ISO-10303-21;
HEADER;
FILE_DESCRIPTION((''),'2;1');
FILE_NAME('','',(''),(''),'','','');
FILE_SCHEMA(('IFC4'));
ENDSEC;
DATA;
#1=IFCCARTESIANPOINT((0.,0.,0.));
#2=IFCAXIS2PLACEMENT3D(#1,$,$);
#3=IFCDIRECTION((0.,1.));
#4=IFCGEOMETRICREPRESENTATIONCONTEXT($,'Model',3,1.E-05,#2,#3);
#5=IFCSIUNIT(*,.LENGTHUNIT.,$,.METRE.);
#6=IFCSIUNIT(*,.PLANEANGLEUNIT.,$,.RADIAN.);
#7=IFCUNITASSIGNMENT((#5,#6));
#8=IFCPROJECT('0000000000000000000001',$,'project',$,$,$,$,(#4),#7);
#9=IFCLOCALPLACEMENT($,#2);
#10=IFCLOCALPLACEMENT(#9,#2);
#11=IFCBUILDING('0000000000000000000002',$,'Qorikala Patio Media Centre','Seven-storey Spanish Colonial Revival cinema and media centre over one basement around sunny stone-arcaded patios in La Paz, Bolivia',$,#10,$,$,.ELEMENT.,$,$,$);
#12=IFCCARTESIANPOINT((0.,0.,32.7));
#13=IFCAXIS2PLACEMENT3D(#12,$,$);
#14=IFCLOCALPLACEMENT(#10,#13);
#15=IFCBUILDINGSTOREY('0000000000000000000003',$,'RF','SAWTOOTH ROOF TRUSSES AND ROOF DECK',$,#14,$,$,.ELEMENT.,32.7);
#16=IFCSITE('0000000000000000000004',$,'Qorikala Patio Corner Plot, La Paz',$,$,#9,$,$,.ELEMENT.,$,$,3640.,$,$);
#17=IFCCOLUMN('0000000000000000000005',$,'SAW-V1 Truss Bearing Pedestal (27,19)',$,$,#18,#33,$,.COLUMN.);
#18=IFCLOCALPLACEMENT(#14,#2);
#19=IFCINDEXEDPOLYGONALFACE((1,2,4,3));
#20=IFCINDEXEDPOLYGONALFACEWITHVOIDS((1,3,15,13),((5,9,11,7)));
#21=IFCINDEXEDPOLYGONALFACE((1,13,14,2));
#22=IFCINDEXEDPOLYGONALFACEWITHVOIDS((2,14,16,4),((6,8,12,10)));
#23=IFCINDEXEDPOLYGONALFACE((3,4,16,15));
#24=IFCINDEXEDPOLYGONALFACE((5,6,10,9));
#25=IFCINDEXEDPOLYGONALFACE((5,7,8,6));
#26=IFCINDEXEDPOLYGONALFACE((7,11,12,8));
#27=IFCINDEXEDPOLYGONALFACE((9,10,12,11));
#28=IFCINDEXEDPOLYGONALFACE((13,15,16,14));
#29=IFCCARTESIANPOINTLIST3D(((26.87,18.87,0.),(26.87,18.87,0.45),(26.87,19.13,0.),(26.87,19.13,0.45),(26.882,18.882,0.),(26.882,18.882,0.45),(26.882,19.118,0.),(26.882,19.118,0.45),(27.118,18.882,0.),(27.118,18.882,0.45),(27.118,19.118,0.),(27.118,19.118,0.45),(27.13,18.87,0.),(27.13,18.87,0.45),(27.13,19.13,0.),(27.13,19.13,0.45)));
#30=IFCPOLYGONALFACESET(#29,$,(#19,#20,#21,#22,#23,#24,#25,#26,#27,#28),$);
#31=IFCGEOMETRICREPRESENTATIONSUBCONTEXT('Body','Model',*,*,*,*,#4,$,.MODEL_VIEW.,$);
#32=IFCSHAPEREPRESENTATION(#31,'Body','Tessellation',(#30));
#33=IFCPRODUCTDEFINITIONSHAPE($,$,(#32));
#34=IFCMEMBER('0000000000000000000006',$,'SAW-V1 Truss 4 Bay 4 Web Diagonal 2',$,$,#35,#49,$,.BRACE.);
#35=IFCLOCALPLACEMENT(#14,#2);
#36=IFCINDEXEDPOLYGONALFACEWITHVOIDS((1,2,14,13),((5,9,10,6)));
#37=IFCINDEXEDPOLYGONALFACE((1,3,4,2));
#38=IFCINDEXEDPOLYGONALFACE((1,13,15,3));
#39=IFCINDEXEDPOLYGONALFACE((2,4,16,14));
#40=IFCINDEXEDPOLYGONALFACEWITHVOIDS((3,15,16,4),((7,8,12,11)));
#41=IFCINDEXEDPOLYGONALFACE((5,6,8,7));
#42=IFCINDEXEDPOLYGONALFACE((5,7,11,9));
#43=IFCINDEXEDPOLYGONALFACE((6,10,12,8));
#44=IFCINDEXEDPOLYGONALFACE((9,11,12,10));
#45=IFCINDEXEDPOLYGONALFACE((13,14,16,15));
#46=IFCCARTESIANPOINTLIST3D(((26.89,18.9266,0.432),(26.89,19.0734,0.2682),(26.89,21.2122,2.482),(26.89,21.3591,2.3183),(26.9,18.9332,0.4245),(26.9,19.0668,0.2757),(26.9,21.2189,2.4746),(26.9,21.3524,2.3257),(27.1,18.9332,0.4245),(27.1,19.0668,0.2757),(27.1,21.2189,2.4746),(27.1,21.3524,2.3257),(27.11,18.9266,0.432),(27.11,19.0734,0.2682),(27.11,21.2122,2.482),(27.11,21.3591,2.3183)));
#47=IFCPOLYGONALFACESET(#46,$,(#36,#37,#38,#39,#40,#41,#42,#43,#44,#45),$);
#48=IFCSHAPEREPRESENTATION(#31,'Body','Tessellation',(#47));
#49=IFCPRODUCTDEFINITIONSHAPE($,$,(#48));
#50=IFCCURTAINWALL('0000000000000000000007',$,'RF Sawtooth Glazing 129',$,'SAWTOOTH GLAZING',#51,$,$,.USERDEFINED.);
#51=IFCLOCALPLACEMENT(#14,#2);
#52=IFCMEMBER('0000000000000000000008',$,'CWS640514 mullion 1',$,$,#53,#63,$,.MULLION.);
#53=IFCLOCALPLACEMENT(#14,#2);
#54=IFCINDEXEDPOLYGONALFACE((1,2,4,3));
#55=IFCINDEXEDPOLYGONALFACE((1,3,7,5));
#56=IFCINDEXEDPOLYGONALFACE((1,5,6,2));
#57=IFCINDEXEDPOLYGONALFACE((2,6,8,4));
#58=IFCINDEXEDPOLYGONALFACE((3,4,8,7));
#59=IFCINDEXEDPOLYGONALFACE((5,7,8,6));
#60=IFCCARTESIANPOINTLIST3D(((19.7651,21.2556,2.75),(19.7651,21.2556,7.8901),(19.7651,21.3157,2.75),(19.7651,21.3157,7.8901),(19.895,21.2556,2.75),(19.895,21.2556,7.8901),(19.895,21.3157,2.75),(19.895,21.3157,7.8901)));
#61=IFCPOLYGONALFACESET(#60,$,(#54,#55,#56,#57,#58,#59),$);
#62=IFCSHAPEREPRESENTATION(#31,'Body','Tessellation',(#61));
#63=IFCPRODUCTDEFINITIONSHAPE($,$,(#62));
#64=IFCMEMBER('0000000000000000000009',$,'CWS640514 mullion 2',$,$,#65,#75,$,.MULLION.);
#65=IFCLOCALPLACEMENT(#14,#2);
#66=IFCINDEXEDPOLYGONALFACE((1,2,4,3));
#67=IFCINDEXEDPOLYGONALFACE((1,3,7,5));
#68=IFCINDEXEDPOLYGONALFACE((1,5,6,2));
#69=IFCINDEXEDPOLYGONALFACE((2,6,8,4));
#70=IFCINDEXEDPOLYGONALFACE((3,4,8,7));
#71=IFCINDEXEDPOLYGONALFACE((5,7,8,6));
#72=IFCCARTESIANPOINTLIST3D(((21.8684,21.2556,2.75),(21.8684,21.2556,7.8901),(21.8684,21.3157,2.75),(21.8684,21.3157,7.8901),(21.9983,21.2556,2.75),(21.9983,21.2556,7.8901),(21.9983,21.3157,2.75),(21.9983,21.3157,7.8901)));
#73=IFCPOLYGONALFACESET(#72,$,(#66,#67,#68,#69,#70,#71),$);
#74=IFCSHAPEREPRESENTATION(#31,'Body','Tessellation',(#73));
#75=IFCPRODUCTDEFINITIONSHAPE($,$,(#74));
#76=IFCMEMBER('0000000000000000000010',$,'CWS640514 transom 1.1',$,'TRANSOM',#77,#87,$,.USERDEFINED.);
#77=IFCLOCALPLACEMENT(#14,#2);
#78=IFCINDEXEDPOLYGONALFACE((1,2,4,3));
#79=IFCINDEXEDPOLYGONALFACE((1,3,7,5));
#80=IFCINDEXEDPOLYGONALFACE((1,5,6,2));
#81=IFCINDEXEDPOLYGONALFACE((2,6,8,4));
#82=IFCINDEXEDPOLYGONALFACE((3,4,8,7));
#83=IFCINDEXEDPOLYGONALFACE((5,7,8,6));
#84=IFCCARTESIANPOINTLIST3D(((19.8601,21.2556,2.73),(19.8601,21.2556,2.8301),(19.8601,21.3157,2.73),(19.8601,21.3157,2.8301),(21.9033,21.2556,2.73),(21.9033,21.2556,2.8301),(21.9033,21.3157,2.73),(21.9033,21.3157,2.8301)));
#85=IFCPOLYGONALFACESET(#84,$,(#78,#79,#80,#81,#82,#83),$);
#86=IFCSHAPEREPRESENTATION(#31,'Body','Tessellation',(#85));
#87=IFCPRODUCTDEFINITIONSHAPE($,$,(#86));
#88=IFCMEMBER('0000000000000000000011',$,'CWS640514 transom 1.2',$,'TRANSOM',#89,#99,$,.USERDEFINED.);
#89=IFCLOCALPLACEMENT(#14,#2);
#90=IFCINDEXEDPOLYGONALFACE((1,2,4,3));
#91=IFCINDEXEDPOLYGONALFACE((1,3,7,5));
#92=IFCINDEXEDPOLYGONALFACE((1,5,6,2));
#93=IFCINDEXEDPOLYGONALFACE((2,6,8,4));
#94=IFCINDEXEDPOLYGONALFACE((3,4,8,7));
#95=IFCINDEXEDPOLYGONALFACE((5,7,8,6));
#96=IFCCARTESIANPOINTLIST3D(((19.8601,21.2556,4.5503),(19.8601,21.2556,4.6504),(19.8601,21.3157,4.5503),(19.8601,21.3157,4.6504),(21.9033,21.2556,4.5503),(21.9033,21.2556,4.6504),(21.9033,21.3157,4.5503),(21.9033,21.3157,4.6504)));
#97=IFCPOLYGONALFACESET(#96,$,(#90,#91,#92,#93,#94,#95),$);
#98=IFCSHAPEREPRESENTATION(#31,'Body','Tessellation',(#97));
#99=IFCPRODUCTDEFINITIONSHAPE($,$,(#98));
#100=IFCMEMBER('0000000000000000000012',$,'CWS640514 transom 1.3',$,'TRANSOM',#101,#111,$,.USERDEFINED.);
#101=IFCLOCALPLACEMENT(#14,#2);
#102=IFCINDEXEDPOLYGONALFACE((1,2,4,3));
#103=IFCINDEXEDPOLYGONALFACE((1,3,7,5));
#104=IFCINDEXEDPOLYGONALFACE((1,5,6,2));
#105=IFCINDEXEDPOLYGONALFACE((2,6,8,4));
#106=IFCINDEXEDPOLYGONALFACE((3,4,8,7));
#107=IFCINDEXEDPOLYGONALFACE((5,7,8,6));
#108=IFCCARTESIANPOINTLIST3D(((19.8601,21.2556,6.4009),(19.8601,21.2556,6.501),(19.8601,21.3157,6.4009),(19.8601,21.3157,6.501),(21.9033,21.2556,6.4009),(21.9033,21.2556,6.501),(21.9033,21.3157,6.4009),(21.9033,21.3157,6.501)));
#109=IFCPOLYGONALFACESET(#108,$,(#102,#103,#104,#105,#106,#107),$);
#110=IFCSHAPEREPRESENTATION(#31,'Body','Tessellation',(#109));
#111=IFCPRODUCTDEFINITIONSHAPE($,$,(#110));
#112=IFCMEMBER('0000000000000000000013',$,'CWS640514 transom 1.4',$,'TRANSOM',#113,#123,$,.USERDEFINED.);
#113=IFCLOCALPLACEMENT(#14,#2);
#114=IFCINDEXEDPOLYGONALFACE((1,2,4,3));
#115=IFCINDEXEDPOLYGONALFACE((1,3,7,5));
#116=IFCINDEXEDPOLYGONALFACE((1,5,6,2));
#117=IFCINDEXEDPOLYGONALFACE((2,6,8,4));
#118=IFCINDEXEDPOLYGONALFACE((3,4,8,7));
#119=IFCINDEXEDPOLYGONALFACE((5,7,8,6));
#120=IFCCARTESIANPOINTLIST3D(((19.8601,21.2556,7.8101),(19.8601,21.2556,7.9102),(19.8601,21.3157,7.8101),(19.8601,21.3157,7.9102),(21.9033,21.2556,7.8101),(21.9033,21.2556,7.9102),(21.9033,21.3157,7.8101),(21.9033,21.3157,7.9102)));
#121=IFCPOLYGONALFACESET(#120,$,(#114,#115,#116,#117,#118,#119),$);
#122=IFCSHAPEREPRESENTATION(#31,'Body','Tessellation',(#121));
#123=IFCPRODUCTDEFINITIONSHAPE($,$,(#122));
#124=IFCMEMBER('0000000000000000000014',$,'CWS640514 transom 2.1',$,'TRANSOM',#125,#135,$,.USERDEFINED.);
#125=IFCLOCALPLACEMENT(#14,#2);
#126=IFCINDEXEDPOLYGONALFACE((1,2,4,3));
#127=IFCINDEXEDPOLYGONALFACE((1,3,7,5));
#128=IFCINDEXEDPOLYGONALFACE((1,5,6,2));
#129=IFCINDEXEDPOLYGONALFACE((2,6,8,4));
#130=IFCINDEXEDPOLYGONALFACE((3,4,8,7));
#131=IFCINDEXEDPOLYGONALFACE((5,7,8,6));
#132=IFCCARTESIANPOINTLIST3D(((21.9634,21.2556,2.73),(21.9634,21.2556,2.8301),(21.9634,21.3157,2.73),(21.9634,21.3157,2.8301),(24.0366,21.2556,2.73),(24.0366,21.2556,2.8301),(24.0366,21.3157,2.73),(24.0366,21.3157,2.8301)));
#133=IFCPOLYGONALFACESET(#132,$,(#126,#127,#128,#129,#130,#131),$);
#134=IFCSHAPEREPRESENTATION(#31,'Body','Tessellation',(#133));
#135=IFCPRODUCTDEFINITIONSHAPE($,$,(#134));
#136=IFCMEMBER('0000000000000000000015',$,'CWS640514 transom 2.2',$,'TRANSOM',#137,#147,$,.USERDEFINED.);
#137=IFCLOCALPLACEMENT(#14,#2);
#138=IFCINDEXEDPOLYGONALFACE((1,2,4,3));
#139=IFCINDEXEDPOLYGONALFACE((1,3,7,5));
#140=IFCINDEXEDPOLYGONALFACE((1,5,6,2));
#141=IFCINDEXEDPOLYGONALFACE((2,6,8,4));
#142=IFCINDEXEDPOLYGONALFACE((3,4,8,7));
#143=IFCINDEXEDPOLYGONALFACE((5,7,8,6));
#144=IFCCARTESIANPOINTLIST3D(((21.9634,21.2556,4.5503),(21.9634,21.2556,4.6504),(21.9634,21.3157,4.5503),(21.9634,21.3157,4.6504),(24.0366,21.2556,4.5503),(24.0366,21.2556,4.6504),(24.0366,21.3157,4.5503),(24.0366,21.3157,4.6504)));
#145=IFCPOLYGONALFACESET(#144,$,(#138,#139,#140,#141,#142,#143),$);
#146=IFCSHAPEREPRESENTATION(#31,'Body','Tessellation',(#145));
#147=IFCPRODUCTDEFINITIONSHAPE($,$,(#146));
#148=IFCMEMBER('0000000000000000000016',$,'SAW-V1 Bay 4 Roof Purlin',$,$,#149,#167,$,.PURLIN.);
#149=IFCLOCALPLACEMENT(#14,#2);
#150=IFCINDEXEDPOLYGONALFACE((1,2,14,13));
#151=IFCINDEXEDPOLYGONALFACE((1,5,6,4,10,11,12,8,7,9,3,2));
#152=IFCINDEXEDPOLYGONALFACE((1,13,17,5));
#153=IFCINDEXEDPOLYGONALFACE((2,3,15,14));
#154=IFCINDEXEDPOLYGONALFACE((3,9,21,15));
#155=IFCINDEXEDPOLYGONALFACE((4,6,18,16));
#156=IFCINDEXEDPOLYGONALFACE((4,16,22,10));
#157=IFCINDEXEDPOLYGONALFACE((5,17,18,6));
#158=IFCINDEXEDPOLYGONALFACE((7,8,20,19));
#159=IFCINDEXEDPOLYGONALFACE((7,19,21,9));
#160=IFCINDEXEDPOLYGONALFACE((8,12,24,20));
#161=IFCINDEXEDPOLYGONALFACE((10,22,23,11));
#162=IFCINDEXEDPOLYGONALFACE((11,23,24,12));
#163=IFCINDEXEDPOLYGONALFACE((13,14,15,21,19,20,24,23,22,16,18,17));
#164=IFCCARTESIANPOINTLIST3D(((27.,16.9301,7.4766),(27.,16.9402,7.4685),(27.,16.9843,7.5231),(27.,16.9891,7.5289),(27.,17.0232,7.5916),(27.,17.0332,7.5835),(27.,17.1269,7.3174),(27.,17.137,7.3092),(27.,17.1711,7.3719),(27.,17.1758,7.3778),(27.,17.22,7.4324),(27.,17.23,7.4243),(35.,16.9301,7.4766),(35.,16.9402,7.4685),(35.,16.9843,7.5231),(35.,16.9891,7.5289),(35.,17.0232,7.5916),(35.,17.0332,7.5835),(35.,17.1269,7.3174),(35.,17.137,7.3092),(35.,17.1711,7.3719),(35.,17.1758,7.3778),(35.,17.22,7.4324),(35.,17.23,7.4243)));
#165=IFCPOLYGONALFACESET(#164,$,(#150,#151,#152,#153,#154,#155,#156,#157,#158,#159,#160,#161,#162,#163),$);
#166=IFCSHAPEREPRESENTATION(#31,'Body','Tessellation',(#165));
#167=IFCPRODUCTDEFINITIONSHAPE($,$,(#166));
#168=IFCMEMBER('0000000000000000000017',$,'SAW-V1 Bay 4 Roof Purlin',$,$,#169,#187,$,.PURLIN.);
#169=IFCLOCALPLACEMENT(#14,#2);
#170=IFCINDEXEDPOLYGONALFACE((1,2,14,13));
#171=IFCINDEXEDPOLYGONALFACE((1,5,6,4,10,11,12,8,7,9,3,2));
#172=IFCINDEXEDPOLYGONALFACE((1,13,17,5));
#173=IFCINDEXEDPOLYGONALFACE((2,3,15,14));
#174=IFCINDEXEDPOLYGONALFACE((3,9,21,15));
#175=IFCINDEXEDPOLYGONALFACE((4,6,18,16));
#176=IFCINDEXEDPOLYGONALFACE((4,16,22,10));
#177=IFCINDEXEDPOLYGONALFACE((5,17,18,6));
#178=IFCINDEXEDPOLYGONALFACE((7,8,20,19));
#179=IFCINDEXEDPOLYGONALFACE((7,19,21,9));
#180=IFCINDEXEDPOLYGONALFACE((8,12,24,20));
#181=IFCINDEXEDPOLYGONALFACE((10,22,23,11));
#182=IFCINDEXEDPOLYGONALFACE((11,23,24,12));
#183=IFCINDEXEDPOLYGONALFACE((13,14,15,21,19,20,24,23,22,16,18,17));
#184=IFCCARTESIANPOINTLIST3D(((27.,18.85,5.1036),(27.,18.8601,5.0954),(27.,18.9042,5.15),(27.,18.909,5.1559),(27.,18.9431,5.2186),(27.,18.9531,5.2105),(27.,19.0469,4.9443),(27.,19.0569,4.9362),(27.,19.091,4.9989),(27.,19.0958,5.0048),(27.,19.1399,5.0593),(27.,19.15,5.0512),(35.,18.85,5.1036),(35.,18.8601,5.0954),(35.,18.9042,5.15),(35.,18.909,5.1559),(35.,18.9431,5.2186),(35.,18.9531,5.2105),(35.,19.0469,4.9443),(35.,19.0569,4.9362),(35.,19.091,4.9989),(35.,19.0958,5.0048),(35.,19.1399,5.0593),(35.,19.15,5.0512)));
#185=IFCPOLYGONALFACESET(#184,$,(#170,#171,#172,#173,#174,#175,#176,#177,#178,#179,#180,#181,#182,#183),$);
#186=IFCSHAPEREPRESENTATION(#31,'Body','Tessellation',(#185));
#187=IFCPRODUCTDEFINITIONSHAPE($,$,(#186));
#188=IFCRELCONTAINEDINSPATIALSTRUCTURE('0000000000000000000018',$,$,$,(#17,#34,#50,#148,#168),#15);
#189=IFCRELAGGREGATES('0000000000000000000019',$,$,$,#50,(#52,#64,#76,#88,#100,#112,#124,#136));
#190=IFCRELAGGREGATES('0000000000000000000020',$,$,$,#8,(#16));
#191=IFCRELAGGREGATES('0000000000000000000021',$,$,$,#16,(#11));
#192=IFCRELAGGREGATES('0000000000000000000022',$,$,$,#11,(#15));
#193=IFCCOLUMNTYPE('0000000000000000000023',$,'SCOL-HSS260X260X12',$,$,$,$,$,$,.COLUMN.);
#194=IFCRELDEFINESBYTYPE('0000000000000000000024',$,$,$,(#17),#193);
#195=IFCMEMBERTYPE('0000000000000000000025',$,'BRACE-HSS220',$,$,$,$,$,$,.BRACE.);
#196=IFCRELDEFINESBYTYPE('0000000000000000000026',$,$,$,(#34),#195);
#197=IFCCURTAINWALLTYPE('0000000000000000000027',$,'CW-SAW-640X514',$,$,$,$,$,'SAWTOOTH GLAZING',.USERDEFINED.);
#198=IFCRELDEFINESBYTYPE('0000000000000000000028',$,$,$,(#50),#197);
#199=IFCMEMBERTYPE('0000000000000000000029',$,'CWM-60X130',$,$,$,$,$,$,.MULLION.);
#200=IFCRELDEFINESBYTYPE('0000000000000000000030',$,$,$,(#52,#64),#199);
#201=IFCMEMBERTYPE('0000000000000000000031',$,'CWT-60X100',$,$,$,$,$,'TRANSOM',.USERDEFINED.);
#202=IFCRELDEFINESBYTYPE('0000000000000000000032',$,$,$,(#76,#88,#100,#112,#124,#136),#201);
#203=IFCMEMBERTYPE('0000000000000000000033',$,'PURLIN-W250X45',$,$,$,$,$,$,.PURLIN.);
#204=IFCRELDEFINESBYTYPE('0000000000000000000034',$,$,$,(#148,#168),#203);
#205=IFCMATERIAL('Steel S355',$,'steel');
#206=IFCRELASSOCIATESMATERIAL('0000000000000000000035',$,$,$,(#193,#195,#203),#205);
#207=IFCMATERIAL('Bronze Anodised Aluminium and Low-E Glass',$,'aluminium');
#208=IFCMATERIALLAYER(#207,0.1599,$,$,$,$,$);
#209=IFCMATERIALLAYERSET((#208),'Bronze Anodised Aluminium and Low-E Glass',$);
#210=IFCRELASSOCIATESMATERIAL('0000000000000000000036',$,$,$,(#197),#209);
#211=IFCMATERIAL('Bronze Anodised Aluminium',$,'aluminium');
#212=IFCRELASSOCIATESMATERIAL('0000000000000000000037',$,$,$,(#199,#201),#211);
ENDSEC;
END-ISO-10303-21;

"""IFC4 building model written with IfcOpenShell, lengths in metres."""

from ifc_helpers import new_model, si_unit, direction, frame, origin, origin_2d, place, context, subcontext, project, spatial, rectangle, hollow_rectangle, i_section, extrude, material, layer, layer_set, material_profile, profile_set, type_object, element, aggregate, save


model = new_model("IFC4")

# Units and contexts
model_context = context("Model", 3, precision=1e-05, world=origin(), true_north=direction((0.0, 1.0)))
body_context = subcontext(model_context, "Body", "Model", "MODEL_VIEW")
ifc_project = project(units=[si_unit("LENGTHUNIT", "METRE"), si_unit("PLANEANGLEUNIT", "RADIAN")], contexts=[model_context])

# Site, building, storey
site_placement = place(None, origin())
site = spatial("IfcSite", under=ifc_project, at=site_placement, Name="Qorikala Patio Corner Plot, La Paz", CompositionType="ELEMENT", RefElevation=3640.0)
building_placement = place(site_placement, origin())
building = spatial("IfcBuilding", under=site, at=building_placement, Name="Qorikala Patio Media Centre", Description="Seven-storey Spanish Colonial Revival cinema and media centre over one basement around sunny stone-arcaded patios in La Paz, Bolivia", CompositionType="ELEMENT")
storey_placement = place(building_placement, frame((0.0, 0.0, 32.7)))
storey = spatial("IfcBuildingStorey", under=building, at=storey_placement, Name="RF", Description="SAWTOOTH ROOF TRUSSES AND ROOF DECK", CompositionType="ELEMENT", Elevation=32.7)

# Column
ifc_material_1 = material(Name="Steel S355", Category="steel")
ifc_material_profile_1 = material_profile(ifc_material_1, hollow_rectangle(XDim=0.26, YDim=0.26, WallThickness=0.012, at=origin_2d()), Name="HSS260X260X12")
ifc_profile_set_1 = profile_set([ifc_material_profile_1], Name="Steel S355")
column_type = type_object("IfcColumnType", Name="SCOL-HSS260X260X12", PredefinedType="COLUMN", material=ifc_profile_set_1)
column_placement = place(storey_placement, frame((27.0, 19.0, 0.0), z_axis=(0.0, 0.0, 1.0), x_axis=(1.0, 0.0, 0.0)))
element("IfcColumn", 1, at=column_placement, inside=storey, type_object=column_type, Name="SAW-V1 Truss Bearing Pedestal (27,19)", PredefinedType="COLUMN", context=body_context, shape_type="SweptSolid", body=[
    extrude(hollow_rectangle(XDim=0.26, YDim=0.26, WallThickness=0.012, at=origin_2d()), origin(), (0.0, 0.0, 1.0), 0.45),
])

# Member
ifc_material_profile_2 = material_profile(ifc_material_1, hollow_rectangle(XDim=0.22, YDim=0.22, WallThickness=0.01, at=origin_2d()), Name="HSS220X220X10")
ifc_profile_set_2 = profile_set([ifc_material_profile_2], Name="Steel S355")
member_type_1 = type_object("IfcMemberType", Name="BRACE-HSS220", PredefinedType="BRACE", material=ifc_profile_set_2)
member_1_placement = place(storey_placement, frame((27.0, 19.0, 0.3501), z_axis=(0.0, 0.744432, 0.667699), x_axis=(-1.0, 0.0, 0.0)))
element("IfcMember", 2, at=member_1_placement, inside=storey, type_object=member_type_1, Name="SAW-V1 Truss 4 Bay 4 Web Diagonal 2", PredefinedType="BRACE", context=body_context, shape_type="SweptSolid", body=[
    extrude(hollow_rectangle(XDim=0.22, YDim=0.22, WallThickness=0.01, at=origin_2d()), origin(), (0.0, 0.0, 1.0), 3.0703),
])

# Curtain wall, members
ifc_material_2 = material(Name="Bronze Anodised Aluminium and Low-E Glass", Category="aluminium")
ifc_layer_1 = layer(ifc_material_2, 0.1599)
ifc_layer_set_1 = layer_set([ifc_layer_1], Name="Bronze Anodised Aluminium and Low-E Glass")
curtain_wall_type = type_object("IfcCurtainWallType", Name="CW-SAW-640X514", ElementType="SAWTOOTH GLAZING", PredefinedType="USERDEFINED", material=ifc_layer_set_1)
curtain_wall_placement = place(storey_placement, origin())
curtain_wall = element("IfcCurtainWall", 3, at=curtain_wall_placement, inside=storey, type_object=curtain_wall_type, Name="RF Sawtooth Glazing 129", ObjectType="SAWTOOTH GLAZING", PredefinedType="USERDEFINED")
ifc_material_3 = material(Name="Bronze Anodised Aluminium", Category="aluminium")
ifc_material_profile_3 = material_profile(ifc_material_3, rectangle(XDim=0.0601, YDim=0.1299, at=origin_2d()), Name="ALU MULLION 60x130")
ifc_profile_set_3 = profile_set([ifc_material_profile_3], Name="Bronze Anodised Aluminium")
member_type_2 = type_object("IfcMemberType", Name="CWM-60X130", PredefinedType="MULLION", material=ifc_profile_set_3)
member_2_placement = place(storey_placement, frame((19.8301, 21.2856, 2.75), z_axis=(0.0, 0.0, 1.0), x_axis=(0.0, 1.0, 0.0)))
member_2 = element("IfcMember", 4, at=member_2_placement, type_object=member_type_2, Name="CWS640514 mullion 1", PredefinedType="MULLION", context=body_context, shape_type="SweptSolid", body=[
    extrude(rectangle(XDim=0.0601, YDim=0.1299, at=origin_2d()), origin(), (0.0, 0.0, 1.0), 5.1401),
])
member_3_placement = place(storey_placement, frame((21.9333, 21.2856, 2.75), z_axis=(0.0, 0.0, 1.0), x_axis=(0.0, 1.0, 0.0)))
member_3 = element("IfcMember", 5, at=member_3_placement, type_object=member_type_2, Name="CWS640514 mullion 2", PredefinedType="MULLION", context=body_context, shape_type="SweptSolid", body=[
    extrude(rectangle(XDim=0.0601, YDim=0.1299, at=origin_2d()), origin(), (0.0, 0.0, 1.0), 5.1401),
])
ifc_material_profile_4 = material_profile(ifc_material_3, rectangle(XDim=0.0601, YDim=0.1001, at=origin_2d()), Name="ALU TRANSOM 60x100")
ifc_profile_set_4 = profile_set([ifc_material_profile_4], Name="Bronze Anodised Aluminium")
member_type_3 = type_object("IfcMemberType", Name="CWT-60X100", ElementType="TRANSOM", PredefinedType="USERDEFINED", material=ifc_profile_set_4)
member_4_placement = place(storey_placement, frame((19.8601, 21.2856, 2.78), z_axis=(1.0, 0.0, 0.0), x_axis=(0.0, 1.0, 0.0)))
member_4 = element("IfcMember", 6, at=member_4_placement, type_object=member_type_3, Name="CWS640514 transom 1.1", ObjectType="TRANSOM", PredefinedType="USERDEFINED", context=body_context, shape_type="SweptSolid", body=[
    extrude(rectangle(XDim=0.0601, YDim=0.1001, at=origin_2d()), origin(), (0.0, 0.0, 1.0), 2.0432),
])
member_5_placement = place(storey_placement, frame((19.8601, 21.2856, 4.6003), z_axis=(1.0, 0.0, 0.0), x_axis=(0.0, 1.0, 0.0)))
member_5 = element("IfcMember", 7, at=member_5_placement, type_object=member_type_3, Name="CWS640514 transom 1.2", ObjectType="TRANSOM", PredefinedType="USERDEFINED", context=body_context, shape_type="SweptSolid", body=[
    extrude(rectangle(XDim=0.0601, YDim=0.1001, at=origin_2d()), origin(), (0.0, 0.0, 1.0), 2.0432),
])
member_6_placement = place(storey_placement, frame((19.8601, 21.2856, 6.4509), z_axis=(1.0, 0.0, 0.0), x_axis=(0.0, 1.0, 0.0)))
member_6 = element("IfcMember", 8, at=member_6_placement, type_object=member_type_3, Name="CWS640514 transom 1.3", ObjectType="TRANSOM", PredefinedType="USERDEFINED", context=body_context, shape_type="SweptSolid", body=[
    extrude(rectangle(XDim=0.0601, YDim=0.1001, at=origin_2d()), origin(), (0.0, 0.0, 1.0), 2.0432),
])
member_7_placement = place(storey_placement, frame((19.8601, 21.2856, 7.8601), z_axis=(1.0, 0.0, 0.0), x_axis=(0.0, 1.0, 0.0)))
member_7 = element("IfcMember", 9, at=member_7_placement, type_object=member_type_3, Name="CWS640514 transom 1.4", ObjectType="TRANSOM", PredefinedType="USERDEFINED", context=body_context, shape_type="SweptSolid", body=[
    extrude(rectangle(XDim=0.0601, YDim=0.1001, at=origin_2d()), origin(), (0.0, 0.0, 1.0), 2.0432),
])
member_8_placement = place(storey_placement, frame((21.9634, 21.2856, 2.78), z_axis=(1.0, 0.0, 0.0), x_axis=(0.0, 1.0, 0.0)))
member_8 = element("IfcMember", 10, at=member_8_placement, type_object=member_type_3, Name="CWS640514 transom 2.1", ObjectType="TRANSOM", PredefinedType="USERDEFINED", context=body_context, shape_type="SweptSolid", body=[
    extrude(rectangle(XDim=0.0601, YDim=0.1001, at=origin_2d()), origin(), (0.0, 0.0, 1.0), 2.0732),
])
member_9_placement = place(storey_placement, frame((21.9634, 21.2856, 4.6003), z_axis=(1.0, 0.0, 0.0), x_axis=(0.0, 1.0, 0.0)))
member_9 = element("IfcMember", 11, at=member_9_placement, type_object=member_type_3, Name="CWS640514 transom 2.2", ObjectType="TRANSOM", PredefinedType="USERDEFINED", context=body_context, shape_type="SweptSolid", body=[
    extrude(rectangle(XDim=0.0601, YDim=0.1001, at=origin_2d()), origin(), (0.0, 0.0, 1.0), 2.0732),
])

# Members
ifc_material_profile_5 = material_profile(ifc_material_1, i_section(OverallWidth=0.1479, OverallDepth=0.2661, WebThickness=0.0076, FlangeThickness=0.0129, at=origin_2d()), Name="W250X45")
ifc_profile_set_5 = profile_set([ifc_material_profile_5], Name="Steel S355")
member_type_4 = type_object("IfcMemberType", Name="PURLIN-W250X45", PredefinedType="PURLIN", material=ifc_profile_set_5)
for number, where, z_axis, x_axis, name in (
    (12, (27.0, 17.0801, 7.4504), (1.0, 0.0, 0.0), (0.0, 0.628995, 0.77741), "SAW-V1 Bay 4 Roof Purlin"),
    (13, (27.0, 19.0, 5.0774), (1.0, 0.0, 0.0), (0.0, 0.628995, 0.77741), "SAW-V1 Bay 4 Roof Purlin"),
):
    element("IfcMember", number, at=place(storey_placement, frame(where, z_axis=z_axis, x_axis=x_axis)), inside=storey, type_object=member_type_4, Name=name, PredefinedType="PURLIN", context=body_context, shape_type="SweptSolid", body=[
        extrude(i_section(OverallWidth=0.1479, OverallDepth=0.2661, WebThickness=0.0076, FlangeThickness=0.0129, at=origin_2d()), origin(), (0.0, 0.0, 1.0), 8.0),
    ])

aggregate(curtain_wall, [member_2, member_3, member_4, member_5, member_6, member_7, member_8, member_9])

save(model, "model.ifc")
